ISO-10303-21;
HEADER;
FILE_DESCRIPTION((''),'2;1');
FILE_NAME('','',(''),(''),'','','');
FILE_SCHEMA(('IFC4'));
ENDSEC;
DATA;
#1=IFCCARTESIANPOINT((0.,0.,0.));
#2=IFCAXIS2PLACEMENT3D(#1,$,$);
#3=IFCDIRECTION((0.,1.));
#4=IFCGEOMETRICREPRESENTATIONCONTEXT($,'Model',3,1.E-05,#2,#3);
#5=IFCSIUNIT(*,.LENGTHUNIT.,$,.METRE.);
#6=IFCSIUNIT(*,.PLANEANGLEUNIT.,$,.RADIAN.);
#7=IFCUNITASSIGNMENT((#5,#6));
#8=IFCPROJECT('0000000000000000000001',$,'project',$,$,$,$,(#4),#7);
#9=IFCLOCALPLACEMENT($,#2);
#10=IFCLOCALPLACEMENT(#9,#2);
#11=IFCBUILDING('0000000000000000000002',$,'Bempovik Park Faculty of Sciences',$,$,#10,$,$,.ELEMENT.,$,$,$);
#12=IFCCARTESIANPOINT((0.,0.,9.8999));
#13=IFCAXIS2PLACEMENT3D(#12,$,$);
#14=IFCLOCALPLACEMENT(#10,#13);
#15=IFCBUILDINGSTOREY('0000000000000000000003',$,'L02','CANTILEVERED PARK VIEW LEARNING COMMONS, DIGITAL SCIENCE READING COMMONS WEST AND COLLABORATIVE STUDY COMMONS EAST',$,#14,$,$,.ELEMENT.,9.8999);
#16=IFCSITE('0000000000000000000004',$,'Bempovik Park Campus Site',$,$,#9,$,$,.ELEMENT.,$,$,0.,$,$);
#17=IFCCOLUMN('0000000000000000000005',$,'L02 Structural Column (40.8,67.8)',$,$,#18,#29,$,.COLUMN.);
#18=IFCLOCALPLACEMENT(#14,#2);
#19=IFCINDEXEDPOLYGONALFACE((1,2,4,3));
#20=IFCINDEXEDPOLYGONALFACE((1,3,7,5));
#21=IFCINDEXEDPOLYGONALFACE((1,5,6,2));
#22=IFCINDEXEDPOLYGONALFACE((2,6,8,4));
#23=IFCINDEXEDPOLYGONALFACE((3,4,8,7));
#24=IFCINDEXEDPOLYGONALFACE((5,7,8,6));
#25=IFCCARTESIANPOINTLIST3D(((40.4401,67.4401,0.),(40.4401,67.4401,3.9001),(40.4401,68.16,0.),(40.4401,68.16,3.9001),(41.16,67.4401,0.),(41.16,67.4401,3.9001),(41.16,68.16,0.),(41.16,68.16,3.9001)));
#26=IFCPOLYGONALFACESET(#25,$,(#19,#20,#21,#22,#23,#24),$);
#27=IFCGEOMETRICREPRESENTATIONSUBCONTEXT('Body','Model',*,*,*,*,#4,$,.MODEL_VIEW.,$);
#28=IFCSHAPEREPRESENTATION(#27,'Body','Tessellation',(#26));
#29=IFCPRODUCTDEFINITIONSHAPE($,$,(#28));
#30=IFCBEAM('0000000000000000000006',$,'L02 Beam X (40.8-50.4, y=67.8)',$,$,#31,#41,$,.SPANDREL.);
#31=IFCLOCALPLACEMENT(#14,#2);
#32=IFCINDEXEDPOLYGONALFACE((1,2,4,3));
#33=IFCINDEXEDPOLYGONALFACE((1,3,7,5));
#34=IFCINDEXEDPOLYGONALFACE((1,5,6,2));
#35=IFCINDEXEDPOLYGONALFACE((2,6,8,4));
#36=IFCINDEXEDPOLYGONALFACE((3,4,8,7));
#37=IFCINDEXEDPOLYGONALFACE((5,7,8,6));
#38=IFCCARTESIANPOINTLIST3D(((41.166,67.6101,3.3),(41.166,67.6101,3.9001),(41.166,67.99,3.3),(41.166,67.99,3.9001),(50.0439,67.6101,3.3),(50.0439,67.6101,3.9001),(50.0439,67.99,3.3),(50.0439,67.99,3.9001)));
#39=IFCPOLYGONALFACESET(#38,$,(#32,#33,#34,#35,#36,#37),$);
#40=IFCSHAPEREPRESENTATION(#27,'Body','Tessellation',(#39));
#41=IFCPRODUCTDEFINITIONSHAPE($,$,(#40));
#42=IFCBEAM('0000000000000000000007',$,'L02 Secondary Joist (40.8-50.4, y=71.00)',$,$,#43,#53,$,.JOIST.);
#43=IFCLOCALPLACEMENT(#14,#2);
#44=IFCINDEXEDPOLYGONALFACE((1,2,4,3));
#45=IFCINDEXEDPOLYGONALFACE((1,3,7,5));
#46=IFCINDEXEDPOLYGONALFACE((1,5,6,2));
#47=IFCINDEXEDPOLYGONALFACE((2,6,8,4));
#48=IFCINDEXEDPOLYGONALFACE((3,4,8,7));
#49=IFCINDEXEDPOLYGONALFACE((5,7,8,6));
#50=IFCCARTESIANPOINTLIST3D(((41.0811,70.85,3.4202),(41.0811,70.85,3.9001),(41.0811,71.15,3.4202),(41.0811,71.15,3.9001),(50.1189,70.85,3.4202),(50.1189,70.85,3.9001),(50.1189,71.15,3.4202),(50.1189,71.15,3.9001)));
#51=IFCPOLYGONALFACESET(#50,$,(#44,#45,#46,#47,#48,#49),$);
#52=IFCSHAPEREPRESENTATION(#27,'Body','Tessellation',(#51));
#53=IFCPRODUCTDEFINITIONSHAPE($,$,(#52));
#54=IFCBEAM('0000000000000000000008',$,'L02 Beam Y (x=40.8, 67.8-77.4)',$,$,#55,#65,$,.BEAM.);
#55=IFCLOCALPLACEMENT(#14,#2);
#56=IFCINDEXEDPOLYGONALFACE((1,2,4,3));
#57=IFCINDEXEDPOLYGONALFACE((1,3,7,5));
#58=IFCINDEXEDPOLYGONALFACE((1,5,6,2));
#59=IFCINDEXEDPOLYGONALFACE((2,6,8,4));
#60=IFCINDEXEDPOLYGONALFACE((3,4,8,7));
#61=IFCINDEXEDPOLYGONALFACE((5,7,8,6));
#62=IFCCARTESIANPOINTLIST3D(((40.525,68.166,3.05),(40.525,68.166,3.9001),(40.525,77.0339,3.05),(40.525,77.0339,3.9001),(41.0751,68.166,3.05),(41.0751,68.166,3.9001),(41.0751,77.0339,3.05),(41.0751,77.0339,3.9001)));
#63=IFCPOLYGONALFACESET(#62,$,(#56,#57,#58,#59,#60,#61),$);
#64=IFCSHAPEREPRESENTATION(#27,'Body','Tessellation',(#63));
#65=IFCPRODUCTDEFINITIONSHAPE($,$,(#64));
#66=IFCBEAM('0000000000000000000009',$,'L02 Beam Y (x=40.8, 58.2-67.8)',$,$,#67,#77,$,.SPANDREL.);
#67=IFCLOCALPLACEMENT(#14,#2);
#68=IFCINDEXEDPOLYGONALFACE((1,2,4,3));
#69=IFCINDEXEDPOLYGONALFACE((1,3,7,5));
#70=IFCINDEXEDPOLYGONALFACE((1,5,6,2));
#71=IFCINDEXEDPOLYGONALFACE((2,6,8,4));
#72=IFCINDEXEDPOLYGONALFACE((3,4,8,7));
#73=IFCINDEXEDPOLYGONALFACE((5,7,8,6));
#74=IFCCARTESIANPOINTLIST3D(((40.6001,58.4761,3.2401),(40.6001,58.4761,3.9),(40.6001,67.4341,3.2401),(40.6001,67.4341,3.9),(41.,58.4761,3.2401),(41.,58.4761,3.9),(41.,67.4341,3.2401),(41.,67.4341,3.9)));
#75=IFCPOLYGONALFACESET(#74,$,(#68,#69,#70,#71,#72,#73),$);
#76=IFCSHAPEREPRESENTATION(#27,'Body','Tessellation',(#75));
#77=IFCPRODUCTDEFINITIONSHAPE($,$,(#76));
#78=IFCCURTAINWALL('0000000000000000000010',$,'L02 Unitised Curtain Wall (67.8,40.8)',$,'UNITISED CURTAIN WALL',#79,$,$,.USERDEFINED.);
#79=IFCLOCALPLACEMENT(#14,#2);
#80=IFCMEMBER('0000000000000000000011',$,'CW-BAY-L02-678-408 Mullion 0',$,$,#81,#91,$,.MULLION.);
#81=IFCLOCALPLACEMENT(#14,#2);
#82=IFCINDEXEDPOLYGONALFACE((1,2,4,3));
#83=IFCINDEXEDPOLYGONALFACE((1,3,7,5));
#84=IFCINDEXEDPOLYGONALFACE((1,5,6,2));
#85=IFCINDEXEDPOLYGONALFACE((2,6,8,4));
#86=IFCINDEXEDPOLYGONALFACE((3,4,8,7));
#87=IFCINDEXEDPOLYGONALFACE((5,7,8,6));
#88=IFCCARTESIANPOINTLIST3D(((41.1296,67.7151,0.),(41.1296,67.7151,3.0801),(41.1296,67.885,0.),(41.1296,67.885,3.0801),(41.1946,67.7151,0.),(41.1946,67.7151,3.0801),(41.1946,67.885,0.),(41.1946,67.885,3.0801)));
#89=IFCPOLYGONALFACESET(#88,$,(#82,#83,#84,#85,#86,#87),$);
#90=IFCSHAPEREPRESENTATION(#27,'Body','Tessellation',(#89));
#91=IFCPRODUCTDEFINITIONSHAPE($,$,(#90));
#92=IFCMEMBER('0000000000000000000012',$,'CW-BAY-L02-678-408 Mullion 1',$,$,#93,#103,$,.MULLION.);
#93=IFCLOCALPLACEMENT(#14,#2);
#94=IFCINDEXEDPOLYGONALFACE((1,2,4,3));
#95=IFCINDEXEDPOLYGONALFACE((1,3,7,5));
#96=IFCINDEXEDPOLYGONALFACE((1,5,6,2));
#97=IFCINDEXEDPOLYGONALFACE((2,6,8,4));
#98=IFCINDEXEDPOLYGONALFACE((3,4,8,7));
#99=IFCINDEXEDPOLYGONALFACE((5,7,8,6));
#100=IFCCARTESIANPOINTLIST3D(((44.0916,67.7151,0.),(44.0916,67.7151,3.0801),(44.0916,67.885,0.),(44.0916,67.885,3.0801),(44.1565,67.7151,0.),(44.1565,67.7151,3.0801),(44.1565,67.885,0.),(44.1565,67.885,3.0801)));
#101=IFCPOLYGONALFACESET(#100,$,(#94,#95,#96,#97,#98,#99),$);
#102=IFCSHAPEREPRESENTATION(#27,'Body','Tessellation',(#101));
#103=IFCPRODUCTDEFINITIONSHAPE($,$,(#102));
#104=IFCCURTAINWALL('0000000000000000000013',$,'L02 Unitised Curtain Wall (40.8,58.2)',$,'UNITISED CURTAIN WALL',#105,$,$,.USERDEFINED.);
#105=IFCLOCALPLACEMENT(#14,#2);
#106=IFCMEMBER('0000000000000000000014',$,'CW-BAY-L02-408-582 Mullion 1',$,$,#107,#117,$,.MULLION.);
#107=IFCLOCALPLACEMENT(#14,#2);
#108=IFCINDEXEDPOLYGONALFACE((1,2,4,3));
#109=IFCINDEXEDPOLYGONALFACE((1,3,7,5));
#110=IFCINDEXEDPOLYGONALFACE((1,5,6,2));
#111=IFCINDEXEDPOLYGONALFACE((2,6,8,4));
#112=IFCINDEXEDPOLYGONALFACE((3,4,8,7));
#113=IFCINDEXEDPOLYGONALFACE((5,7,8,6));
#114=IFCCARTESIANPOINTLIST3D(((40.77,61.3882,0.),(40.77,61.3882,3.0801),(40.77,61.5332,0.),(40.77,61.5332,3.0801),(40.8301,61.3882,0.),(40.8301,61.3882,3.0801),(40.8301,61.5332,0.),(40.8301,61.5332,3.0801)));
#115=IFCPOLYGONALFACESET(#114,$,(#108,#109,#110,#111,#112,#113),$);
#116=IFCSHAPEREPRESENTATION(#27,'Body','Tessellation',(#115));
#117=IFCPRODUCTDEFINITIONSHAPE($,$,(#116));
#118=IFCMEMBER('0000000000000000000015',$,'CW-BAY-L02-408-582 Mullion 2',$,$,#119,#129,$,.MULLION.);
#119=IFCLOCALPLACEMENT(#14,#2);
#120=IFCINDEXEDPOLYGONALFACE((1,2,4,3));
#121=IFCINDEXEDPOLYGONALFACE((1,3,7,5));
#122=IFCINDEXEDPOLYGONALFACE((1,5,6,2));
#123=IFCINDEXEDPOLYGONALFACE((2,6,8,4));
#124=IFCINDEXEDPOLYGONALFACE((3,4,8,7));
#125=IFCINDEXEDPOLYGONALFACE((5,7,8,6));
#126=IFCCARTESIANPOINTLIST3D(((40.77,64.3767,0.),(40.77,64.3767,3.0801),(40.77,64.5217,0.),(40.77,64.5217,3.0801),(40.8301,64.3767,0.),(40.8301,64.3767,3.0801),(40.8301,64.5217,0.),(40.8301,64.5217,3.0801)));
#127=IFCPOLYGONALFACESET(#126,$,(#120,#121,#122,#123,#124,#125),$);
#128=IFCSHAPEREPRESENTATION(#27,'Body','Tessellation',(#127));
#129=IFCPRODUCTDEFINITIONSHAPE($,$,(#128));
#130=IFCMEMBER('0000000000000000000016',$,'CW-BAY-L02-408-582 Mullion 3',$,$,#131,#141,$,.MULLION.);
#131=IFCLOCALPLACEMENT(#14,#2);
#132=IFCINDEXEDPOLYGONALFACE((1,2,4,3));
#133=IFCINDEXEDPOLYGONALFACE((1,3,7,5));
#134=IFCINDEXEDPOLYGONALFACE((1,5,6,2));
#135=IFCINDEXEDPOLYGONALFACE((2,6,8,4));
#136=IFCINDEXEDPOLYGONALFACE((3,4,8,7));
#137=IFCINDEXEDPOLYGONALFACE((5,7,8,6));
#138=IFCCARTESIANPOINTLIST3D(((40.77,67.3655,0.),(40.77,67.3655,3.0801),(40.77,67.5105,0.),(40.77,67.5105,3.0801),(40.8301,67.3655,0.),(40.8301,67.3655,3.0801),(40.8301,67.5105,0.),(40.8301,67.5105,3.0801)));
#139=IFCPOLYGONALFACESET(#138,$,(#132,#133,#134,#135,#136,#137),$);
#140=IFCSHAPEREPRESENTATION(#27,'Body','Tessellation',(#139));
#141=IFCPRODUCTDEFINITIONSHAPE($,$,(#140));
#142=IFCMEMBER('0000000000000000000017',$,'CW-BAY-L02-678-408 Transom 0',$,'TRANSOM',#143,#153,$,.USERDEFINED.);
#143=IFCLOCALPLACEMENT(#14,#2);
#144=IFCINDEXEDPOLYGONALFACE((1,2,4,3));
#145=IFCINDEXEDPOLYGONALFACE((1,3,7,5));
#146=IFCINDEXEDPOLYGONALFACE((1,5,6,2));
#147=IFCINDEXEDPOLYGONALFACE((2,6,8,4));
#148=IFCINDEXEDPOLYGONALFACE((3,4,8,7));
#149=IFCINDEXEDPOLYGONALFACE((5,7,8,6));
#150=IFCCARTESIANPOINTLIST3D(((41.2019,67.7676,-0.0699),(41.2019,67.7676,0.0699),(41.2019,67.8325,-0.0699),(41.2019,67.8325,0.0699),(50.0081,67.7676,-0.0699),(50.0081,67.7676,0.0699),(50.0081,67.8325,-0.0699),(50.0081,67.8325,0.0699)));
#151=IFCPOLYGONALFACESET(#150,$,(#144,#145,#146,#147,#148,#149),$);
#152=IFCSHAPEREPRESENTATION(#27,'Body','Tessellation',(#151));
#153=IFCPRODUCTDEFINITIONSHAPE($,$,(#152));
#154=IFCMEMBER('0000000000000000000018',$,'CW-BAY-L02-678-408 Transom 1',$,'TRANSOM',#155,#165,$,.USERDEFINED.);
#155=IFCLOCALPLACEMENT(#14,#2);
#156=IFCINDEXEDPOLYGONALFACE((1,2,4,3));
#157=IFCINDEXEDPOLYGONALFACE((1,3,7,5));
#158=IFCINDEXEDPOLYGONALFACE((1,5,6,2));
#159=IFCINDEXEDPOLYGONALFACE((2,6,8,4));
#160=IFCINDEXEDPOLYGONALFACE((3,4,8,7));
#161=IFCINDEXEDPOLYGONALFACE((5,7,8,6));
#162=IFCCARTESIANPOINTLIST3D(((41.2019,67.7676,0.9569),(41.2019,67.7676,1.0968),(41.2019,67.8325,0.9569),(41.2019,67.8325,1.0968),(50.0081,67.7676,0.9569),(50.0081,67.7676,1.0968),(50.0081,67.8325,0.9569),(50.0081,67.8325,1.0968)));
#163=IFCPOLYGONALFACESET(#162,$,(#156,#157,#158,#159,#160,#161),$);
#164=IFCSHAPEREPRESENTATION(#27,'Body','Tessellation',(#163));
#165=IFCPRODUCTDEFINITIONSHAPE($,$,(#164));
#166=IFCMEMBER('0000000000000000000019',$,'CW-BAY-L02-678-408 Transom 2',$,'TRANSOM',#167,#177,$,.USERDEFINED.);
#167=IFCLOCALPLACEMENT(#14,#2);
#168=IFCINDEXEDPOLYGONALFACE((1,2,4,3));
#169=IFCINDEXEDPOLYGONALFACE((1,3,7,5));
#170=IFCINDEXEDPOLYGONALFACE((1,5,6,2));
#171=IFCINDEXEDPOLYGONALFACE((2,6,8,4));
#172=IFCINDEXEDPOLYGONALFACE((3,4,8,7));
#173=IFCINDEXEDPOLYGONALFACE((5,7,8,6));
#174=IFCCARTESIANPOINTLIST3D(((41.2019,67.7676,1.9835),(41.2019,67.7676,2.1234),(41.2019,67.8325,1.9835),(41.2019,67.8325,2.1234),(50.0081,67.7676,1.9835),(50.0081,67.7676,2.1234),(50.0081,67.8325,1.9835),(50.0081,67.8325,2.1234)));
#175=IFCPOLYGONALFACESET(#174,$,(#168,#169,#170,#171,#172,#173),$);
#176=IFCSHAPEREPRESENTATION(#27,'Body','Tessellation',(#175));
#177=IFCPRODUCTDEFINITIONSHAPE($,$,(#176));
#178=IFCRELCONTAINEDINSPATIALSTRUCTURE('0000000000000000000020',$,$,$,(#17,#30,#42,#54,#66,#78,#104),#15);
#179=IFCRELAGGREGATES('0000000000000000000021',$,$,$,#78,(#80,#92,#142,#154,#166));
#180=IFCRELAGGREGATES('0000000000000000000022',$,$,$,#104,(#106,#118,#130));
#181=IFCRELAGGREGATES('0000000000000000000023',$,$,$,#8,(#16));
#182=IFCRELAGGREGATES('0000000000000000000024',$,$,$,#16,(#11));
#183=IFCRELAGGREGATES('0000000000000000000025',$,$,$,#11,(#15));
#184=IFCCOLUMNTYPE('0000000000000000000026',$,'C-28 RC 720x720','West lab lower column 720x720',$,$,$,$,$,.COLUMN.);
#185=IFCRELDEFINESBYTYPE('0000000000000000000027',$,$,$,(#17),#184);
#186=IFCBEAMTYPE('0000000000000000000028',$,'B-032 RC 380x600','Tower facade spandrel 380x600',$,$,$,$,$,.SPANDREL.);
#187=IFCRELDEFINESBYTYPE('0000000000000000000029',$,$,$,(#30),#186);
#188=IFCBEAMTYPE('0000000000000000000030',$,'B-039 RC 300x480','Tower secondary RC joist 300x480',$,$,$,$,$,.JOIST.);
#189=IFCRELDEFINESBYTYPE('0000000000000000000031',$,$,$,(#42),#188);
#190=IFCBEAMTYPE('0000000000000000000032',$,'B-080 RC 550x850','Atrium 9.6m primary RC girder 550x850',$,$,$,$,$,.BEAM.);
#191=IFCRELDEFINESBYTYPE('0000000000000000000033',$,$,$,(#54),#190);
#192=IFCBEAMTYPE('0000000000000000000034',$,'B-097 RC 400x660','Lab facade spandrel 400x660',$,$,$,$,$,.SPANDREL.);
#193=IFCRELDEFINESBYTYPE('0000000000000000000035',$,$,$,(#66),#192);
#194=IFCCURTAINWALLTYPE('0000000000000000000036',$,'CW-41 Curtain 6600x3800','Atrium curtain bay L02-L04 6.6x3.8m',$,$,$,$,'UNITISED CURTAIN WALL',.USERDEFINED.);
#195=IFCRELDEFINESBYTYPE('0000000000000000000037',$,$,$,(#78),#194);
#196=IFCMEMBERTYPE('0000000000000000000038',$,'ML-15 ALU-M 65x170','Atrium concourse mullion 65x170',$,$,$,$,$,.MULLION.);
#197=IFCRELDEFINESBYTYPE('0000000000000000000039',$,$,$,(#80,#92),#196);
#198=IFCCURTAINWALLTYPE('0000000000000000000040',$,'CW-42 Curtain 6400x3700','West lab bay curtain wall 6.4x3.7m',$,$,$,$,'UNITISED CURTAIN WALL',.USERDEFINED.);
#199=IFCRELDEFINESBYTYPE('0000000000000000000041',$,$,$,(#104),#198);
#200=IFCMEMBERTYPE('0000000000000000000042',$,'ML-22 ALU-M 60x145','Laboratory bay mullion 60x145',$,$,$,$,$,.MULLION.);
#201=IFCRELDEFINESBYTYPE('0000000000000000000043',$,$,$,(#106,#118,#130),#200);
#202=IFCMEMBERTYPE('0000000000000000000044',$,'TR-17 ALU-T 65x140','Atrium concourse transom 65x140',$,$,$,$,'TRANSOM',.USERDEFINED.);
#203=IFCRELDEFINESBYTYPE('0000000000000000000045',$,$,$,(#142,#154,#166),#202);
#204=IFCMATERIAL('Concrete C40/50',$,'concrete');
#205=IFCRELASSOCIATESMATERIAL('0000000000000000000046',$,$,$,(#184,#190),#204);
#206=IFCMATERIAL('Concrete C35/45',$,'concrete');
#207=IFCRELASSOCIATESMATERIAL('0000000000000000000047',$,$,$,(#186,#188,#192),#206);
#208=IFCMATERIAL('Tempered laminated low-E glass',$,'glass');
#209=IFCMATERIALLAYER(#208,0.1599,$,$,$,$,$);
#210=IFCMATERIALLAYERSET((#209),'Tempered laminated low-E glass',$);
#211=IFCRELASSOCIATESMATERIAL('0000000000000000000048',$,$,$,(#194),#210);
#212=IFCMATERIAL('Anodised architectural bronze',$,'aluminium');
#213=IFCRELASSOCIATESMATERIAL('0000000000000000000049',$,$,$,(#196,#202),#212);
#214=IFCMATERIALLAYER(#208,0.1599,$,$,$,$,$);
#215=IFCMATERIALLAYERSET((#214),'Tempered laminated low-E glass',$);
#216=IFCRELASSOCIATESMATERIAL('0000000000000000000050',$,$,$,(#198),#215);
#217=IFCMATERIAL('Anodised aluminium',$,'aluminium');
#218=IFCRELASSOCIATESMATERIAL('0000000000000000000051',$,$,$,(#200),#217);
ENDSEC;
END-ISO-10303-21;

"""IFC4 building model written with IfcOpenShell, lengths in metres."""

from ifc_helpers import new_model, si_unit, direction, frame, origin, origin_2d, place, context, subcontext, project, spatial, rectangle, extrude, material, layer, layer_set, material_profile, profile_set, type_object, element, aggregate, save


model = new_model("IFC4")

# Units and contexts
model_context = context("Model", 3, precision=1e-05, world=origin(), true_north=direction((0.0, 1.0)))
body_context = subcontext(model_context, "Body", "Model", "MODEL_VIEW")
ifc_project = project(units=[si_unit("LENGTHUNIT", "METRE"), si_unit("PLANEANGLEUNIT", "RADIAN")], contexts=[model_context])

# Site, building, storey
site_placement = place(None, origin())
site = spatial("IfcSite", under=ifc_project, at=site_placement, Name="Bempovik Park Campus Site", CompositionType="ELEMENT", RefElevation=0.0)
building_placement = place(site_placement, origin())
building = spatial("IfcBuilding", under=site, at=building_placement, Name="Bempovik Park Faculty of Sciences", CompositionType="ELEMENT")
storey_placement = place(building_placement, frame((0.0, 0.0, 9.8999)))
storey = spatial("IfcBuildingStorey", under=building, at=storey_placement, Name="L02", Description="CANTILEVERED PARK VIEW LEARNING COMMONS, DIGITAL SCIENCE READING COMMONS WEST AND COLLABORATIVE STUDY COMMONS EAST", CompositionType="ELEMENT", Elevation=9.8999)

# Column
ifc_material_1 = material(Name="Concrete C40/50", Category="concrete")
ifc_material_profile_1 = material_profile(ifc_material_1, rectangle(XDim=0.72, YDim=0.72, at=origin_2d()), Name="RC 720x720")
ifc_profile_set_1 = profile_set([ifc_material_profile_1], Name="Concrete C40/50")
column_type = type_object("IfcColumnType", Name="C-28 RC 720x720", Description="West lab lower column 720x720", PredefinedType="COLUMN", material=ifc_profile_set_1)
column_placement = place(storey_placement, frame((40.8, 67.8, 0.0), z_axis=(0.0, 0.0, 1.0), x_axis=(1.0, 0.0, 0.0)))
element("IfcColumn", 1, at=column_placement, inside=storey, type_object=column_type, Name="L02 Structural Column (40.8,67.8)", PredefinedType="COLUMN", context=body_context, shape_type="SweptSolid", body=[
    extrude(rectangle(XDim=0.72, YDim=0.72, at=origin_2d()), origin(), (0.0, 0.0, 1.0), 3.9001),
])

# Beams
ifc_material_2 = material(Name="Concrete C35/45", Category="concrete")
ifc_material_profile_2 = material_profile(ifc_material_2, rectangle(XDim=0.3799, YDim=0.6001, at=origin_2d()), Name="RC 380x600")
ifc_profile_set_2 = profile_set([ifc_material_profile_2], Name="Concrete C35/45")
beam_type_1 = type_object("IfcBeamType", Name="B-032 RC 380x600", Description="Tower facade spandrel 380x600", PredefinedType="SPANDREL", material=ifc_profile_set_2)
beam_1_placement = place(storey_placement, frame((41.166, 67.8, 3.6001), z_axis=(1.0, 0.0, 0.0), x_axis=(0.0, 1.0, 0.0)))
element("IfcBeam", 2, at=beam_1_placement, inside=storey, type_object=beam_type_1, Name="L02 Beam X (40.8-50.4, y=67.8)", PredefinedType="SPANDREL", context=body_context, shape_type="SweptSolid", body=[
    extrude(rectangle(XDim=0.3799, YDim=0.6001, at=origin_2d()), origin(), (0.0, 0.0, 1.0), 8.8779),
])
ifc_material_profile_3 = material_profile(ifc_material_2, rectangle(XDim=0.3, YDim=0.48, at=origin_2d()), Name="RC 300x480")
ifc_profile_set_3 = profile_set([ifc_material_profile_3], Name="Concrete C35/45")
beam_type_2 = type_object("IfcBeamType", Name="B-039 RC 300x480", Description="Tower secondary RC joist 300x480", PredefinedType="JOIST", material=ifc_profile_set_3)
beam_2_placement = place(storey_placement, frame((41.0811, 71.0, 3.6602), z_axis=(1.0, 0.0, 0.0), x_axis=(0.0, 1.0, 0.0)))
element("IfcBeam", 3, at=beam_2_placement, inside=storey, type_object=beam_type_2, Name="L02 Secondary Joist (40.8-50.4, y=71.00)", PredefinedType="JOIST", context=body_context, shape_type="SweptSolid", body=[
    extrude(rectangle(XDim=0.3, YDim=0.48, at=origin_2d()), origin(), (0.0, 0.0, 1.0), 9.0378),
])
ifc_material_profile_4 = material_profile(ifc_material_1, rectangle(XDim=0.55, YDim=0.8501, at=origin_2d()), Name="RC 550x850")
ifc_profile_set_4 = profile_set([ifc_material_profile_4], Name="Concrete C40/50")
beam_type_3 = type_object("IfcBeamType", Name="B-080 RC 550x850", Description="Atrium 9.6m primary RC girder 550x850", PredefinedType="BEAM", material=ifc_profile_set_4)
beam_3_placement = place(storey_placement, frame((40.8, 68.166, 3.4751), z_axis=(0.0, 1.0, 0.0), x_axis=(-1.0, 0.0, 0.0)))
element("IfcBeam", 4, at=beam_3_placement, inside=storey, type_object=beam_type_3, Name="L02 Beam Y (x=40.8, 67.8-77.4)", PredefinedType="BEAM", context=body_context, shape_type="SweptSolid", body=[
    extrude(rectangle(XDim=0.55, YDim=0.8501, at=origin_2d()), origin(), (0.0, 0.0, 1.0), 8.8679),
])
ifc_material_profile_5 = material_profile(ifc_material_2, rectangle(XDim=0.3999, YDim=0.6599, at=origin_2d()), Name="RC 400x660")
ifc_profile_set_5 = profile_set([ifc_material_profile_5], Name="Concrete C35/45")
beam_type_4 = type_object("IfcBeamType", Name="B-097 RC 400x660", Description="Lab facade spandrel 400x660", PredefinedType="SPANDREL", material=ifc_profile_set_5)
beam_4_placement = place(storey_placement, frame((40.8, 58.4761, 3.5701), z_axis=(0.0, 1.0, 0.0), x_axis=(-1.0, 0.0, 0.0)))
element("IfcBeam", 5, at=beam_4_placement, inside=storey, type_object=beam_type_4, Name="L02 Beam Y (x=40.8, 58.2-67.8)", PredefinedType="SPANDREL", context=body_context, shape_type="SweptSolid", body=[
    extrude(rectangle(XDim=0.3999, YDim=0.6599, at=origin_2d()), origin(), (0.0, 0.0, 1.0), 8.958),
])

# Curtain walls, members
ifc_material_3 = material(Name="Tempered laminated low-E glass", Category="glass")
ifc_layer_1 = layer(ifc_material_3, 0.1599)
ifc_layer_set_1 = layer_set([ifc_layer_1], Name="Tempered laminated low-E glass")
curtain_wall_type_1 = type_object("IfcCurtainWallType", Name="CW-41 Curtain 6600x3800", Description="Atrium curtain bay L02-L04 6.6x3.8m", ElementType="UNITISED CURTAIN WALL", PredefinedType="USERDEFINED", material=ifc_layer_set_1)
curtain_wall_1_placement = place(storey_placement, origin())
curtain_wall_1 = element("IfcCurtainWall", 6, at=curtain_wall_1_placement, inside=storey, type_object=curtain_wall_type_1, Name="L02 Unitised Curtain Wall (67.8,40.8)", ObjectType="UNITISED CURTAIN WALL", PredefinedType="USERDEFINED")
ifc_material_4 = material(Name="Anodised architectural bronze", Category="aluminium")
ifc_material_profile_6 = material_profile(ifc_material_4, rectangle(XDim=0.0649, YDim=0.1699, at=origin_2d()), Name="ALU-M 65x170")
ifc_profile_set_6 = profile_set([ifc_material_profile_6], Name="Anodised architectural bronze")
member_type_1 = type_object("IfcMemberType", Name="ML-15 ALU-M 65x170", Description="Atrium concourse mullion 65x170", PredefinedType="MULLION", material=ifc_profile_set_6)
member_1_placement = place(storey_placement, frame((41.1621, 67.8, 0.0), z_axis=(0.0, 0.0, 1.0), x_axis=(1.0, 0.0, 0.0)))
member_1 = element("IfcMember", 7, at=member_1_placement, type_object=member_type_1, Name="CW-BAY-L02-678-408 Mullion 0", PredefinedType="MULLION", context=body_context, shape_type="SweptSolid", body=[
    extrude(rectangle(XDim=0.0649, YDim=0.1699, at=origin_2d()), origin(), (0.0, 0.0, 1.0), 3.0801),
])
member_2_placement = place(storey_placement, frame((44.124, 67.8, 0.0), z_axis=(0.0, 0.0, 1.0), x_axis=(1.0, 0.0, 0.0)))
member_2 = element("IfcMember", 8, at=member_2_placement, type_object=member_type_1, Name="CW-BAY-L02-678-408 Mullion 1", PredefinedType="MULLION", context=body_context, shape_type="SweptSolid", body=[
    extrude(rectangle(XDim=0.0649, YDim=0.1699, at=origin_2d()), origin(), (0.0, 0.0, 1.0), 3.0801),
])
ifc_layer_2 = layer(ifc_material_3, 0.1599)
ifc_layer_set_2 = layer_set([ifc_layer_2], Name="Tempered laminated low-E glass")
curtain_wall_type_2 = type_object("IfcCurtainWallType", Name="CW-42 Curtain 6400x3700", Description="West lab bay curtain wall 6.4x3.7m", ElementType="UNITISED CURTAIN WALL", PredefinedType="USERDEFINED", material=ifc_layer_set_2)
curtain_wall_2_placement = place(storey_placement, origin())
curtain_wall_2 = element("IfcCurtainWall", 9, at=curtain_wall_2_placement, inside=storey, type_object=curtain_wall_type_2, Name="L02 Unitised Curtain Wall (40.8,58.2)", ObjectType="UNITISED CURTAIN WALL", PredefinedType="USERDEFINED")
ifc_material_5 = material(Name="Anodised aluminium", Category="aluminium")
ifc_material_profile_7 = material_profile(ifc_material_5, rectangle(XDim=0.0601, YDim=0.145, at=origin_2d()), Name="ALU-M 60x145")
ifc_profile_set_7 = profile_set([ifc_material_profile_7], Name="Anodised aluminium")
member_type_2 = type_object("IfcMemberType", Name="ML-22 ALU-M 60x145", Description="Laboratory bay mullion 60x145", PredefinedType="MULLION", material=ifc_profile_set_7)
member_3_placement = place(storey_placement, frame((40.8, 61.4607, 0.0), z_axis=(0.0, 0.0, 1.0), x_axis=(1.0, 0.0, 0.0)))
member_3 = element("IfcMember", 10, at=member_3_placement, type_object=member_type_2, Name="CW-BAY-L02-408-582 Mullion 1", PredefinedType="MULLION", context=body_context, shape_type="SweptSolid", body=[
    extrude(rectangle(XDim=0.0601, YDim=0.145, at=origin_2d()), origin(), (0.0, 0.0, 1.0), 3.0801),
])
member_4_placement = place(storey_placement, frame((40.8, 64.4492, 0.0), z_axis=(0.0, 0.0, 1.0), x_axis=(1.0, 0.0, 0.0)))
member_4 = element("IfcMember", 11, at=member_4_placement, type_object=member_type_2, Name="CW-BAY-L02-408-582 Mullion 2", PredefinedType="MULLION", context=body_context, shape_type="SweptSolid", body=[
    extrude(rectangle(XDim=0.0601, YDim=0.145, at=origin_2d()), origin(), (0.0, 0.0, 1.0), 3.0801),
])
member_5_placement = place(storey_placement, frame((40.8, 67.438, 0.0), z_axis=(0.0, 0.0, 1.0), x_axis=(1.0, 0.0, 0.0)))
member_5 = element("IfcMember", 12, at=member_5_placement, type_object=member_type_2, Name="CW-BAY-L02-408-582 Mullion 3", PredefinedType="MULLION", context=body_context, shape_type="SweptSolid", body=[
    extrude(rectangle(XDim=0.0601, YDim=0.145, at=origin_2d()), origin(), (0.0, 0.0, 1.0), 3.0801),
])

# Members
ifc_material_profile_8 = material_profile(ifc_material_4, rectangle(XDim=0.0649, YDim=0.1399, at=origin_2d()), Name="ALU-T 65x140")
ifc_profile_set_8 = profile_set([ifc_material_profile_8], Name="Anodised architectural bronze")
member_type_3 = type_object("IfcMemberType", Name="TR-17 ALU-T 65x140", Description="Atrium concourse transom 65x140", ElementType="TRANSOM", PredefinedType="USERDEFINED", material=ifc_profile_set_8)
member_6_placement = place(storey_placement, frame((41.2019, 67.8, 0.0), z_axis=(1.0, 0.0, 0.0), x_axis=(0.0, 1.0, 0.0)))
member_6 = element("IfcMember", 13, at=member_6_placement, type_object=member_type_3, Name="CW-BAY-L02-678-408 Transom 0", ObjectType="TRANSOM", PredefinedType="USERDEFINED", context=body_context, shape_type="SweptSolid", body=[
    extrude(rectangle(XDim=0.0649, YDim=0.1399, at=origin_2d()), origin(), (0.0, 0.0, 1.0), 8.8062),
])
member_7_placement = place(storey_placement, frame((41.2019, 67.8, 1.0269), z_axis=(1.0, 0.0, 0.0), x_axis=(0.0, 1.0, 0.0)))
member_7 = element("IfcMember", 14, at=member_7_placement, type_object=member_type_3, Name="CW-BAY-L02-678-408 Transom 1", ObjectType="TRANSOM", PredefinedType="USERDEFINED", context=body_context, shape_type="SweptSolid", body=[
    extrude(rectangle(XDim=0.0649, YDim=0.1399, at=origin_2d()), origin(), (0.0, 0.0, 1.0), 8.8062),
])
member_8_placement = place(storey_placement, frame((41.2019, 67.8, 2.0535), z_axis=(1.0, 0.0, 0.0), x_axis=(0.0, 1.0, 0.0)))
member_8 = element("IfcMember", 15, at=member_8_placement, type_object=member_type_3, Name="CW-BAY-L02-678-408 Transom 2", ObjectType="TRANSOM", PredefinedType="USERDEFINED", context=body_context, shape_type="SweptSolid", body=[
    extrude(rectangle(XDim=0.0649, YDim=0.1399, at=origin_2d()), origin(), (0.0, 0.0, 1.0), 8.8062),
])

aggregate(curtain_wall_1, [member_1, member_2, member_6, member_7, member_8])
aggregate(curtain_wall_2, [member_3, member_4, member_5])

save(model, "model.ifc")
